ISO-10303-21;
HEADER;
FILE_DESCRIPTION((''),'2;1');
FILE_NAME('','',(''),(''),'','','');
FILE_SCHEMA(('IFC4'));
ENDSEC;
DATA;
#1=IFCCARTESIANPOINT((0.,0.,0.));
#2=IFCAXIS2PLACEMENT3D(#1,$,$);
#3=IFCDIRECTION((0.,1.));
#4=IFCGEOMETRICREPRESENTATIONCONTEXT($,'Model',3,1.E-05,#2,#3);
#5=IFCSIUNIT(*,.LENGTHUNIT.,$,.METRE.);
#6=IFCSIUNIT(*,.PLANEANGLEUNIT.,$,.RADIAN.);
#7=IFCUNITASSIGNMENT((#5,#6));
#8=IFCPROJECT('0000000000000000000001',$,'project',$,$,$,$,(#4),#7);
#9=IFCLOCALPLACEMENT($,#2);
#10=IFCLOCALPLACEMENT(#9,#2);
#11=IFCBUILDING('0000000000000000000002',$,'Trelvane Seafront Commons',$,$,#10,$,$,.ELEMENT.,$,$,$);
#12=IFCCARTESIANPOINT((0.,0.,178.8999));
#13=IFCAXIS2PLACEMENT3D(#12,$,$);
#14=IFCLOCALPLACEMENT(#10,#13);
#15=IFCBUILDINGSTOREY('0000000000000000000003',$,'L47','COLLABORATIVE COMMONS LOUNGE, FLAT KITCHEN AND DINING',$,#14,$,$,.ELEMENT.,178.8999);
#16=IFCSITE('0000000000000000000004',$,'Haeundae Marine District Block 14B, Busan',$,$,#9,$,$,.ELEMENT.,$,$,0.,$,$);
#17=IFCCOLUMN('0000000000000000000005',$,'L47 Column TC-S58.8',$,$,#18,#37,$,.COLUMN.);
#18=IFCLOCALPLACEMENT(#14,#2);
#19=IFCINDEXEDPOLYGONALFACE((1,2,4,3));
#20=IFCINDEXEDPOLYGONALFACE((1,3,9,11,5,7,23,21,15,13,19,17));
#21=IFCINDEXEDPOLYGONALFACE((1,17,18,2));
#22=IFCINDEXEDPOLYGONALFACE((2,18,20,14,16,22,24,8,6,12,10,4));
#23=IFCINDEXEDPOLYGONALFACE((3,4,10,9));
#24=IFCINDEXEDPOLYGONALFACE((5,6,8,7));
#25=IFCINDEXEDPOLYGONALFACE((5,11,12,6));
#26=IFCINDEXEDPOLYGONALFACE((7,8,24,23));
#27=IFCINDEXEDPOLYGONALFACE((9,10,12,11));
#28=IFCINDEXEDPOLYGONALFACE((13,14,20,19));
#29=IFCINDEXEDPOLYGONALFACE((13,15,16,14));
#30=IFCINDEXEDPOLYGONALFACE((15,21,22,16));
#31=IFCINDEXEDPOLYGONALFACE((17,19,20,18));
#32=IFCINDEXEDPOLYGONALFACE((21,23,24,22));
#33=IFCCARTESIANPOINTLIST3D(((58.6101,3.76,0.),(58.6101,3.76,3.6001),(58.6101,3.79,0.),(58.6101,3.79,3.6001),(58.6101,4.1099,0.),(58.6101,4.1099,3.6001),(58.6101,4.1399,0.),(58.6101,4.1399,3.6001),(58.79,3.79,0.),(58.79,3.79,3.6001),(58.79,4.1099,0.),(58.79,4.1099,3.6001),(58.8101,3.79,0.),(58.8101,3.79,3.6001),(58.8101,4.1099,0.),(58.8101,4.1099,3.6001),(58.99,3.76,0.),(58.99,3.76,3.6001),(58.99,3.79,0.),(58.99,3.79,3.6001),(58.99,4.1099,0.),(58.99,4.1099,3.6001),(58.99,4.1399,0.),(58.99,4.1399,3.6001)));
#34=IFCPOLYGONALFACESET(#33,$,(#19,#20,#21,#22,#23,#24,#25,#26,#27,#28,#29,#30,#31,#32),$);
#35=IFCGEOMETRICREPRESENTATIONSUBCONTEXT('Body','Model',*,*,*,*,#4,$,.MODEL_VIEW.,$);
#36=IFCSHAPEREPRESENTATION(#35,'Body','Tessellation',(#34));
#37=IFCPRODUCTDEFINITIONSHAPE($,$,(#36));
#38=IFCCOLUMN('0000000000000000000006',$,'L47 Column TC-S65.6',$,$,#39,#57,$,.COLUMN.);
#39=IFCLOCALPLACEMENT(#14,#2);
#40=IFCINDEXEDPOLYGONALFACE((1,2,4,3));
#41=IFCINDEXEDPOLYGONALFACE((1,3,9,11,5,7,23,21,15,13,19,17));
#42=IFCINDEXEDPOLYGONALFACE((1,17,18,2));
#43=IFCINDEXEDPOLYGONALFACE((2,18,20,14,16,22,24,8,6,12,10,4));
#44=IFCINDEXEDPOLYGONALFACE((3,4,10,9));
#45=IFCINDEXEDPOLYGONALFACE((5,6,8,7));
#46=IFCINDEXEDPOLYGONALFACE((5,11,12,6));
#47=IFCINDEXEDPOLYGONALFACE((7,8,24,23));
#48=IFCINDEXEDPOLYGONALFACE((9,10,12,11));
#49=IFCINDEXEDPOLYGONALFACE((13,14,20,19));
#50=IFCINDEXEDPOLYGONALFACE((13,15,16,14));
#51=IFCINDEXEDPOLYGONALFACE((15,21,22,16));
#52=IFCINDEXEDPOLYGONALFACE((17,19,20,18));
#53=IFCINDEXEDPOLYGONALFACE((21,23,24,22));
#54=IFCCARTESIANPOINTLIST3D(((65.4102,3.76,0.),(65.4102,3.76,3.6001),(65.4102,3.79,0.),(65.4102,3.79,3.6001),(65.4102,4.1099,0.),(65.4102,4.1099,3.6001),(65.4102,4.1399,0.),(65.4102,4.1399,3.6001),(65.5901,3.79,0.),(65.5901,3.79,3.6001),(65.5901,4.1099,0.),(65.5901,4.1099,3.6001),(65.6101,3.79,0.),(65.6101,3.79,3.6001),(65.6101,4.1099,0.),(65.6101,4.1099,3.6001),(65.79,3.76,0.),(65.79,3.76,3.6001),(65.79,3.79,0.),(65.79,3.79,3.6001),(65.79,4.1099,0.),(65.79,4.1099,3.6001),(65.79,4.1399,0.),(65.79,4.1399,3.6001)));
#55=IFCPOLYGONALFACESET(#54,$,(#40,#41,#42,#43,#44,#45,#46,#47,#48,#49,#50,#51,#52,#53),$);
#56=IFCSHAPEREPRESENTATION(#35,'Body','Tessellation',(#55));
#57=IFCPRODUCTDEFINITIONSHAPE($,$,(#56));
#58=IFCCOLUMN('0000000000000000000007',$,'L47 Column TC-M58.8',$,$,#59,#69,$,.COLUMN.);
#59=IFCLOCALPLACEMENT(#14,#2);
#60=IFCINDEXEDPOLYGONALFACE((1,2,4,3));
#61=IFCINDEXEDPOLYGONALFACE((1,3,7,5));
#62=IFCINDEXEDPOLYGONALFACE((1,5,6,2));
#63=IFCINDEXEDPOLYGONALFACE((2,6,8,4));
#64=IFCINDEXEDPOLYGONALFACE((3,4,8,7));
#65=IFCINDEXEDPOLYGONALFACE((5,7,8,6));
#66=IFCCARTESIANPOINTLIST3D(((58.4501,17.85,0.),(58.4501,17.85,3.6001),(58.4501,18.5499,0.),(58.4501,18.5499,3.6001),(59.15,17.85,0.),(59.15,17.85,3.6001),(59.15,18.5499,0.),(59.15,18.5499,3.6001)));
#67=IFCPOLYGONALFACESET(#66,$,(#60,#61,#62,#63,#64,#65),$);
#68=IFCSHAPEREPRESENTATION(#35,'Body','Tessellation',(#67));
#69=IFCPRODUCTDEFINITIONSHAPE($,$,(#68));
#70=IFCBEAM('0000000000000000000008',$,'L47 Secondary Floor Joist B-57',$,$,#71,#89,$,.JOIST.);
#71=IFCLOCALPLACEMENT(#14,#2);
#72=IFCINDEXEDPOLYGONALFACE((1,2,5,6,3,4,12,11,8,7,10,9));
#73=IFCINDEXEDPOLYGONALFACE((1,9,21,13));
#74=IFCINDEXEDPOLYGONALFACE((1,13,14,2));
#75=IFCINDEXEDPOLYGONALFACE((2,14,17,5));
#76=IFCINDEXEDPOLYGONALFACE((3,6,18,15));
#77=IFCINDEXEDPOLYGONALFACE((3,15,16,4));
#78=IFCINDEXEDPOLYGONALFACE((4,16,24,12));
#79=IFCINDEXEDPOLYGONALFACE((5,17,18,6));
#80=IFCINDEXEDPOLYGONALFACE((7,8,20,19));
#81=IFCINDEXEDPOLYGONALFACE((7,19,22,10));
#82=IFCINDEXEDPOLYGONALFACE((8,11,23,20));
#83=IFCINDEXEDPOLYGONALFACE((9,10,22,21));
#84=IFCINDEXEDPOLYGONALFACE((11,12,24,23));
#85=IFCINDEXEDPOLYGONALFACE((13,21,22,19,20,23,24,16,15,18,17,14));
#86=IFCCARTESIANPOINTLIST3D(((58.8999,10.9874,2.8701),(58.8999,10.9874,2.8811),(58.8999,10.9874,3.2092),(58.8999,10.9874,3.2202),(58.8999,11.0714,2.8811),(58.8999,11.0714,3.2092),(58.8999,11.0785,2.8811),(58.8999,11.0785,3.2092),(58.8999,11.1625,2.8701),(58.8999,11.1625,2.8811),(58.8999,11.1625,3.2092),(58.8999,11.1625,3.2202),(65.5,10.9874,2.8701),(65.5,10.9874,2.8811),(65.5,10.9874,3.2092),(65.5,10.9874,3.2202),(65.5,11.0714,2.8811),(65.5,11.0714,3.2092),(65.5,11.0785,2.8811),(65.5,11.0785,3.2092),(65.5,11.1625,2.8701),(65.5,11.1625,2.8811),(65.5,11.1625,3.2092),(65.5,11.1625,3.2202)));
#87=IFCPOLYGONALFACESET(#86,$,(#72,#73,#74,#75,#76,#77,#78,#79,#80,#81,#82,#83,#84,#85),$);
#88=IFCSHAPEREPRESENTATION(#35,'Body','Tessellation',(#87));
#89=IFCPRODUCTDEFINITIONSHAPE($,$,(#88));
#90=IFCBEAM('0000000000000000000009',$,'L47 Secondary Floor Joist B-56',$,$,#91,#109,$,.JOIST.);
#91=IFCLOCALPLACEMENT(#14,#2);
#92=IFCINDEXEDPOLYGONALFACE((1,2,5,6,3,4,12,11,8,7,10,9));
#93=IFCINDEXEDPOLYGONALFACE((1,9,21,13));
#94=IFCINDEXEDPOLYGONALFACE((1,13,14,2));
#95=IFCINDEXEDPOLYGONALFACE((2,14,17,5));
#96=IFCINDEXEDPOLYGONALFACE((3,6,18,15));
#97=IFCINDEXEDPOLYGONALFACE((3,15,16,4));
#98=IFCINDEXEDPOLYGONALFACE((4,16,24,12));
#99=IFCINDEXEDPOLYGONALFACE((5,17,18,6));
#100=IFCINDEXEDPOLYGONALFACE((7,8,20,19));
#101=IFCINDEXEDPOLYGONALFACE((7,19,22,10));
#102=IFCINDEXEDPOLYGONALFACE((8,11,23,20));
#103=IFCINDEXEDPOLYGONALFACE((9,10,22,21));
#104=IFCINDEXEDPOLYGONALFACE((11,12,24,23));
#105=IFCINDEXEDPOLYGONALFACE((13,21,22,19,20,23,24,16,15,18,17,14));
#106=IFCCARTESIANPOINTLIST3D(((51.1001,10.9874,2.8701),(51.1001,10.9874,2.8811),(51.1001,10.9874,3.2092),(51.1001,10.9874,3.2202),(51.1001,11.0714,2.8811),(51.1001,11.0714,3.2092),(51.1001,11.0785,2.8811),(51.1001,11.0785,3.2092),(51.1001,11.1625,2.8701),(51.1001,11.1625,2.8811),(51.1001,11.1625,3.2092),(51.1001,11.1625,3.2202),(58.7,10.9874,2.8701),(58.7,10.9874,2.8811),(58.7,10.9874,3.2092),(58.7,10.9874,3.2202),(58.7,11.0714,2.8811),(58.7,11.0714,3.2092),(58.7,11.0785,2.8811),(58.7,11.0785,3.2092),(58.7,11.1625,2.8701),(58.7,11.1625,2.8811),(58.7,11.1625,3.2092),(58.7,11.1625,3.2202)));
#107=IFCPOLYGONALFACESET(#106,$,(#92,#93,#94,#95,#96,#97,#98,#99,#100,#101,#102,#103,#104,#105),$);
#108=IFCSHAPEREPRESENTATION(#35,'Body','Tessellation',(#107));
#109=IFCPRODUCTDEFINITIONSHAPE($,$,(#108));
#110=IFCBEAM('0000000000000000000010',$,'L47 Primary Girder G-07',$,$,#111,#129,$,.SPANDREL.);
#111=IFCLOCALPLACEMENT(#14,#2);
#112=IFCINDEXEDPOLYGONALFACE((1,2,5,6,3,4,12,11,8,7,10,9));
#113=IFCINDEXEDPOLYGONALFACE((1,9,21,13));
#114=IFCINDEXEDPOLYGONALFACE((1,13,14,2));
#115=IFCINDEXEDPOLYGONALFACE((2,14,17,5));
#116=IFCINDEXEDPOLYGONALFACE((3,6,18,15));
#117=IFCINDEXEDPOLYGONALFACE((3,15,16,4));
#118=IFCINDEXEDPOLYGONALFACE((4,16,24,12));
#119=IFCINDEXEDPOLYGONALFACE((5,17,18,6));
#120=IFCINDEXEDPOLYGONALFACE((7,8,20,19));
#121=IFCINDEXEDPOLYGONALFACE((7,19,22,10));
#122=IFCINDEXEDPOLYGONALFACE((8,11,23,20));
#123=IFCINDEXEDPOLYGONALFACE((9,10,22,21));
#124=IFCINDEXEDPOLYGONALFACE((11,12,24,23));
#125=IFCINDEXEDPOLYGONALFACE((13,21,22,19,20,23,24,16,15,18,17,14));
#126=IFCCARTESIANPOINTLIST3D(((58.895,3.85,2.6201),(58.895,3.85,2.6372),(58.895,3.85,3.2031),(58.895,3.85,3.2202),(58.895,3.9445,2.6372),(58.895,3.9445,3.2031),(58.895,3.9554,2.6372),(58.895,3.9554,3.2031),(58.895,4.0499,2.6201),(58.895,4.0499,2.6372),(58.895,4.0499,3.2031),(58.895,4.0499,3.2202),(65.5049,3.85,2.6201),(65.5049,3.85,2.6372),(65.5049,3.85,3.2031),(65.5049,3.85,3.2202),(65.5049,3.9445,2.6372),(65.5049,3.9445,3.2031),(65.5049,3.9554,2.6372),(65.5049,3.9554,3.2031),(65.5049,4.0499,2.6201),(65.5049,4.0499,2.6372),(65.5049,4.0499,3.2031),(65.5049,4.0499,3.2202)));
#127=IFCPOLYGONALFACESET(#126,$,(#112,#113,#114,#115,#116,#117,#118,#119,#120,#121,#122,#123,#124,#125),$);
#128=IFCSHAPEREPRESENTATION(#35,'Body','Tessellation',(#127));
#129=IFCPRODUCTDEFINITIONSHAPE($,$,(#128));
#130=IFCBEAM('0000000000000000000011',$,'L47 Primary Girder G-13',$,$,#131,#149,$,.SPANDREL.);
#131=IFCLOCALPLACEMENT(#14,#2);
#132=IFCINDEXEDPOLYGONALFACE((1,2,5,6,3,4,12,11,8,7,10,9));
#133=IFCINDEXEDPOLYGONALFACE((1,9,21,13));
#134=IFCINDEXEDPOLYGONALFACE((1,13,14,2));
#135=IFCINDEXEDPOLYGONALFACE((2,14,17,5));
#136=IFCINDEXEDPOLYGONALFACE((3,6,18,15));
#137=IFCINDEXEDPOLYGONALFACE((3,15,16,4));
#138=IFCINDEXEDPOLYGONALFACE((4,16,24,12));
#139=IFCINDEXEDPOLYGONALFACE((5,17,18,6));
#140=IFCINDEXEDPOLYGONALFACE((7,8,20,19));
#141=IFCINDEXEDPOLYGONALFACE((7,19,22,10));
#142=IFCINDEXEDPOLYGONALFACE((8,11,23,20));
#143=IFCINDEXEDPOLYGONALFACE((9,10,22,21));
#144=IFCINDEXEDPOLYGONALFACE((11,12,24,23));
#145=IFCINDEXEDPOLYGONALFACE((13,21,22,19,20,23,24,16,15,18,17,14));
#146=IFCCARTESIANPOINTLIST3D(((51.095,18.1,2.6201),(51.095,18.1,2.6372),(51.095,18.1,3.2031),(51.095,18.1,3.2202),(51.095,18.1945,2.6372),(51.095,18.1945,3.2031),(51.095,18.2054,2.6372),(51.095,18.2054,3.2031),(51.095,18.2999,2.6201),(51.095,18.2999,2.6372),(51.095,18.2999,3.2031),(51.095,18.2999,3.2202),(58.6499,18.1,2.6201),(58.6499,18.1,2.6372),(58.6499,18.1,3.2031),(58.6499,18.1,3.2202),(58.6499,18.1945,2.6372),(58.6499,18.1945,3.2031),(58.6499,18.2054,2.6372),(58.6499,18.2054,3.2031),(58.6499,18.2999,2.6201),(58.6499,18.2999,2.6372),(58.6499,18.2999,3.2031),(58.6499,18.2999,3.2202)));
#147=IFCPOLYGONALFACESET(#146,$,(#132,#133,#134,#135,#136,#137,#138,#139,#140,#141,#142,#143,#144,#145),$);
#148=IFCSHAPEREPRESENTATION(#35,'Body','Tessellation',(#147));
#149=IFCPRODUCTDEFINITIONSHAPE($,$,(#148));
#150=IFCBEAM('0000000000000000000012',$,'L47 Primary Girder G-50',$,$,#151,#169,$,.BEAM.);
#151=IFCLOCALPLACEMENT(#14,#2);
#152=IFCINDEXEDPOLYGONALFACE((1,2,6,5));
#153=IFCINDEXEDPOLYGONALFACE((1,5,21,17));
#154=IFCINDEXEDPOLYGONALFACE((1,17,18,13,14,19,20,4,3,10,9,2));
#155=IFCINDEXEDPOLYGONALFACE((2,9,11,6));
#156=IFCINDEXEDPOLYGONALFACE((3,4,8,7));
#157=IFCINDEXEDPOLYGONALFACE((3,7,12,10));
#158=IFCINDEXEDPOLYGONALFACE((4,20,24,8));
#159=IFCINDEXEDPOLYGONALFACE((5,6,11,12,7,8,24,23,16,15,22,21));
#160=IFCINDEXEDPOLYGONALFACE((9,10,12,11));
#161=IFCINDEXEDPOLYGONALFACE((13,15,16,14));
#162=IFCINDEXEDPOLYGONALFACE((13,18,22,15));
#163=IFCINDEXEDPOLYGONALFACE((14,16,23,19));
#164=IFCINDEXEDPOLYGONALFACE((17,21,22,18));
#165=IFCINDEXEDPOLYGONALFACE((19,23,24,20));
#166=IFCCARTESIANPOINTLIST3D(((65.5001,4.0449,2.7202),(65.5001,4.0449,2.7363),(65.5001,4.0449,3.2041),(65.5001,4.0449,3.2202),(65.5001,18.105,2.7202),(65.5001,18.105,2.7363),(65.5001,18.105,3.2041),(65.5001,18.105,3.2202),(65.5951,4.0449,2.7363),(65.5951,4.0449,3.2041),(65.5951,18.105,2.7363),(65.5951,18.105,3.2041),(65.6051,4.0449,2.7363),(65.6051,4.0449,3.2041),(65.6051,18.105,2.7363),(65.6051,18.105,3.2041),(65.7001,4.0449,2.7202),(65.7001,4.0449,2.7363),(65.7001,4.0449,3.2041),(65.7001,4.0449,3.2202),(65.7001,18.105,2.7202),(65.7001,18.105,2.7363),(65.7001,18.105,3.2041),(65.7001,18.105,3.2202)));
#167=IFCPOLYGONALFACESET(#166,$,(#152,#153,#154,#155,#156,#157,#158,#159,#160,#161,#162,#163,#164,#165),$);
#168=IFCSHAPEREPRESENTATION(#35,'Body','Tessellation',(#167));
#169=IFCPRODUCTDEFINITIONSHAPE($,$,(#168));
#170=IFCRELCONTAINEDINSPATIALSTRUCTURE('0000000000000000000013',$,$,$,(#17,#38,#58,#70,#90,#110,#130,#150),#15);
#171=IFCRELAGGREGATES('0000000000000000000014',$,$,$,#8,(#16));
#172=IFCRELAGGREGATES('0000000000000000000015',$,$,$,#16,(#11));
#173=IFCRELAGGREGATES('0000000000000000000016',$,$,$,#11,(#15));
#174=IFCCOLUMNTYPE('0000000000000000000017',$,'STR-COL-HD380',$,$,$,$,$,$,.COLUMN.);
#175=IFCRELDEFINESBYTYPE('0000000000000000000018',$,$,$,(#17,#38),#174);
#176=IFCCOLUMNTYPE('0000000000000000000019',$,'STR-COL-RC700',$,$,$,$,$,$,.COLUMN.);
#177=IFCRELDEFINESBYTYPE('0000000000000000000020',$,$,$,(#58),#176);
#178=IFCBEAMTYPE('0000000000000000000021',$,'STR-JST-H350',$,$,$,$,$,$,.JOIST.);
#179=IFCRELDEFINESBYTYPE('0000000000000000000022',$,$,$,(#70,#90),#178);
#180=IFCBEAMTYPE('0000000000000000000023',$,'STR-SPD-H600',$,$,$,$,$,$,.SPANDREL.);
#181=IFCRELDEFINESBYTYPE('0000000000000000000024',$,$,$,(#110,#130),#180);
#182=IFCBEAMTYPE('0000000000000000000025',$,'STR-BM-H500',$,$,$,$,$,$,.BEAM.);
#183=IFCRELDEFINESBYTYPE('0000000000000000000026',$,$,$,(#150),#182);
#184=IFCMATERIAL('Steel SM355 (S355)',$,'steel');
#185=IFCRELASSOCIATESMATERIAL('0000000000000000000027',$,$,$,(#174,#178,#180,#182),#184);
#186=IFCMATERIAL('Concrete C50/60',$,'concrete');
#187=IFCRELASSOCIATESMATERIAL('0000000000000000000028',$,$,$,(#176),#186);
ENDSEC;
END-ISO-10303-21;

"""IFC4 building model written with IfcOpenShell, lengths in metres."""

from ifc_helpers import new_model, si_unit, direction, frame, origin, origin_2d, place, context, subcontext, project, spatial, rectangle, i_section, extrude, source, transform, mapped, material, material_profile, profile_set, type_object, element, save


model = new_model("IFC4")

# Units and contexts
model_context = context("Model", 3, precision=1e-05, world=origin(), true_north=direction((0.0, 1.0)))
body_context = subcontext(model_context, "Body", "Model", "MODEL_VIEW")
ifc_project = project(units=[si_unit("LENGTHUNIT", "METRE"), si_unit("PLANEANGLEUNIT", "RADIAN")], contexts=[model_context])

# Site, building, storey
site_placement = place(None, origin())
site = spatial("IfcSite", under=ifc_project, at=site_placement, Name="Haeundae Marine District Block 14B, Busan", CompositionType="ELEMENT", RefElevation=0.0)
building_placement = place(site_placement, origin())
building = spatial("IfcBuilding", under=site, at=building_placement, Name="Trelvane Seafront Commons", CompositionType="ELEMENT")
storey_placement = place(building_placement, frame((0.0, 0.0, 178.8999)))
storey = spatial("IfcBuildingStorey", under=building, at=storey_placement, Name="L47", Description="COLLABORATIVE COMMONS LOUNGE, FLAT KITCHEN AND DINING", CompositionType="ELEMENT", Elevation=178.8999)

# Columns
ifc_material_1 = material(Name="Steel SM355 (S355)", Category="steel")
ifc_material_profile_1 = material_profile(ifc_material_1, i_section(OverallWidth=0.3799, OverallDepth=0.3799, WebThickness=0.02, FlangeThickness=0.03, at=origin_2d()), Name="HD-380x380x20x30")
ifc_profile_set_1 = profile_set([ifc_material_profile_1], Name="Steel SM355 (S355)")
column_type_1 = type_object("IfcColumnType", Name="STR-COL-HD380", PredefinedType="COLUMN", material=ifc_profile_set_1)
shared_shape_1 = source(origin(), body_context, "Body", "SweptSolid", [
    extrude(i_section(OverallWidth=0.3799, OverallDepth=0.3799, WebThickness=0.02, FlangeThickness=0.03, at=origin_2d()), origin(), (0.0, 0.0, 1.0), 3.6001),
])
for number, where, z_axis, x_axis, name in (
    (1, (58.8, 3.95, 0.0), (0.0, 0.0, 1.0), (1.0, 0.0, 0.0), "L47 Column TC-S58.8"),
    (2, (65.6001, 3.95, 0.0), (0.0, 0.0, 1.0), (1.0, 0.0, 0.0), "L47 Column TC-S65.6"),
):
    element("IfcColumn", number, at=place(storey_placement, frame(where, z_axis=z_axis, x_axis=x_axis)), inside=storey, type_object=column_type_1, Name=name, PredefinedType="COLUMN", context=body_context, shape_type="MappedRepresentation", body=[
        mapped(shared_shape_1, transform((0.0, 0.0, 0.0), x_axis=(1.0, 0.0, 0.0), y_axis=(0.0, 1.0, 0.0), z_axis=(0.0, 0.0, 1.0), scale=1.0)),
    ])
ifc_material_2 = material(Name="Concrete C50/60", Category="concrete")
ifc_material_profile_2 = material_profile(ifc_material_2, rectangle(XDim=0.7, YDim=0.7, at=origin_2d()), Name="RC-700x700")
ifc_profile_set_2 = profile_set([ifc_material_profile_2], Name="Concrete C50/60")
column_type_2 = type_object("IfcColumnType", Name="STR-COL-RC700", PredefinedType="COLUMN", material=ifc_profile_set_2)
shared_shape_2 = source(origin(), body_context, "Body", "SweptSolid", [
    extrude(rectangle(XDim=0.7, YDim=0.7, at=origin_2d()), origin(), (0.0, 0.0, 1.0), 3.6001),
])
column_placement = place(storey_placement, frame((58.8, 18.2, 0.0), z_axis=(0.0, 0.0, 1.0), x_axis=(1.0, 0.0, 0.0)))
element("IfcColumn", 3, at=column_placement, inside=storey, type_object=column_type_2, Name="L47 Column TC-M58.8", PredefinedType="COLUMN", context=body_context, shape_type="MappedRepresentation", body=[
    mapped(shared_shape_2, transform((0.0, 0.0, 0.0), x_axis=(1.0, 0.0, 0.0), y_axis=(0.0, 1.0, 0.0), z_axis=(0.0, 0.0, 1.0), scale=1.0)),
])

# Beams
ifc_material_profile_3 = material_profile(ifc_material_1, i_section(OverallWidth=0.175, OverallDepth=0.3501, WebThickness=0.0071, FlangeThickness=0.011, at=origin_2d()), Name="H-350x175x7x11")
ifc_profile_set_3 = profile_set([ifc_material_profile_3], Name="Steel SM355 (S355)")
beam_type_1 = type_object("IfcBeamType", Name="STR-JST-H350", PredefinedType="JOIST", material=ifc_profile_set_3)
shared_shape_3 = source(origin(), body_context, "Body", "SweptSolid", [
    extrude(i_section(OverallWidth=0.175, OverallDepth=0.3501, WebThickness=0.0071, FlangeThickness=0.011, at=origin_2d()), origin(), (0.0, 0.0, 1.0), 6.6001),
])
beam_1_placement = place(storey_placement, frame((58.8999, 11.075, 3.0452), z_axis=(1.0, 0.0, 0.0), x_axis=(0.0, 1.0, 0.0)))
element("IfcBeam", 4, at=beam_1_placement, inside=storey, type_object=beam_type_1, Name="L47 Secondary Floor Joist B-57", PredefinedType="JOIST", context=body_context, shape_type="MappedRepresentation", body=[
    mapped(shared_shape_3, transform((0.0, 0.0, 0.0), x_axis=(1.0, 0.0, 0.0), y_axis=(0.0, 1.0, 0.0), z_axis=(0.0, 0.0, 1.0), scale=1.0)),
])
shared_shape_4 = source(origin(), body_context, "Body", "SweptSolid", [
    extrude(i_section(OverallWidth=0.175, OverallDepth=0.3501, WebThickness=0.0071, FlangeThickness=0.011, at=origin_2d()), origin(), (0.0, 0.0, 1.0), 7.5999),
])
beam_2_placement = place(storey_placement, frame((51.1001, 11.075, 3.0452), z_axis=(1.0, 0.0, 0.0), x_axis=(0.0, 1.0, 0.0)))
element("IfcBeam", 5, at=beam_2_placement, inside=storey, type_object=beam_type_1, Name="L47 Secondary Floor Joist B-56", PredefinedType="JOIST", context=body_context, shape_type="MappedRepresentation", body=[
    mapped(shared_shape_4, transform((0.0, 0.0, 0.0), x_axis=(1.0, 0.0, 0.0), y_axis=(0.0, 1.0, 0.0), z_axis=(0.0, 0.0, 1.0), scale=1.0)),
])
ifc_material_profile_4 = material_profile(ifc_material_1, i_section(OverallWidth=0.2, OverallDepth=0.6001, WebThickness=0.011, FlangeThickness=0.0171, at=origin_2d()), Name="H-600x200x11x17")
ifc_profile_set_4 = profile_set([ifc_material_profile_4], Name="Steel SM355 (S355)")
beam_type_2 = type_object("IfcBeamType", Name="STR-SPD-H600", PredefinedType="SPANDREL", material=ifc_profile_set_4)
shared_shape_5 = source(origin(), body_context, "Body", "SweptSolid", [
    extrude(i_section(OverallWidth=0.2, OverallDepth=0.6001, WebThickness=0.011, FlangeThickness=0.0171, at=origin_2d()), origin(), (0.0, 0.0, 1.0), 6.6099),
])
beam_3_placement = place(storey_placement, frame((58.895, 3.95, 2.9202), z_axis=(1.0, 0.0, 0.0), x_axis=(0.0, 1.0, 0.0)))
element("IfcBeam", 6, at=beam_3_placement, inside=storey, type_object=beam_type_2, Name="L47 Primary Girder G-07", PredefinedType="SPANDREL", context=body_context, shape_type="MappedRepresentation", body=[
    mapped(shared_shape_5, transform((0.0, 0.0, 0.0), x_axis=(1.0, 0.0, 0.0), y_axis=(0.0, 1.0, 0.0), z_axis=(0.0, 0.0, 1.0), scale=1.0)),
])
shared_shape_6 = source(origin(), body_context, "Body", "SweptSolid", [
    extrude(i_section(OverallWidth=0.2, OverallDepth=0.6001, WebThickness=0.011, FlangeThickness=0.0171, at=origin_2d()), origin(), (0.0, 0.0, 1.0), 7.5549),
])
beam_4_placement = place(storey_placement, frame((51.095, 18.2, 2.9202), z_axis=(1.0, 0.0, 0.0), x_axis=(0.0, 1.0, 0.0)))
element("IfcBeam", 7, at=beam_4_placement, inside=storey, type_object=beam_type_2, Name="L47 Primary Girder G-13", PredefinedType="SPANDREL", context=body_context, shape_type="MappedRepresentation", body=[
    mapped(shared_shape_6, transform((0.0, 0.0, 0.0), x_axis=(1.0, 0.0, 0.0), y_axis=(0.0, 1.0, 0.0), z_axis=(0.0, 0.0, 1.0), scale=1.0)),
])
ifc_material_profile_5 = material_profile(ifc_material_1, i_section(OverallWidth=0.2, OverallDepth=0.5, WebThickness=0.01, FlangeThickness=0.0161, at=origin_2d()), Name="H-500x200x10x16")
ifc_profile_set_5 = profile_set([ifc_material_profile_5], Name="Steel SM355 (S355)")
beam_type_3 = type_object("IfcBeamType", Name="STR-BM-H500", PredefinedType="BEAM", material=ifc_profile_set_5)
shared_shape_7 = source(origin(), body_context, "Body", "SweptSolid", [
    extrude(i_section(OverallWidth=0.2, OverallDepth=0.5, WebThickness=0.01, FlangeThickness=0.0161, at=origin_2d()), origin(), (0.0, 0.0, 1.0), 14.0601),
])
beam_5_placement = place(storey_placement, frame((65.6001, 4.0449, 2.9702), z_axis=(0.0, 1.0, 0.0), x_axis=(-1.0, 0.0, 0.0)))
element("IfcBeam", 8, at=beam_5_placement, inside=storey, type_object=beam_type_3, Name="L47 Primary Girder G-50", PredefinedType="BEAM", context=body_context, shape_type="MappedRepresentation", body=[
    mapped(shared_shape_7, transform((0.0, 0.0, 0.0), x_axis=(1.0, 0.0, 0.0), y_axis=(0.0, 1.0, 0.0), z_axis=(0.0, 0.0, 1.0), scale=1.0)),
])

save(model, "model.ifc")
